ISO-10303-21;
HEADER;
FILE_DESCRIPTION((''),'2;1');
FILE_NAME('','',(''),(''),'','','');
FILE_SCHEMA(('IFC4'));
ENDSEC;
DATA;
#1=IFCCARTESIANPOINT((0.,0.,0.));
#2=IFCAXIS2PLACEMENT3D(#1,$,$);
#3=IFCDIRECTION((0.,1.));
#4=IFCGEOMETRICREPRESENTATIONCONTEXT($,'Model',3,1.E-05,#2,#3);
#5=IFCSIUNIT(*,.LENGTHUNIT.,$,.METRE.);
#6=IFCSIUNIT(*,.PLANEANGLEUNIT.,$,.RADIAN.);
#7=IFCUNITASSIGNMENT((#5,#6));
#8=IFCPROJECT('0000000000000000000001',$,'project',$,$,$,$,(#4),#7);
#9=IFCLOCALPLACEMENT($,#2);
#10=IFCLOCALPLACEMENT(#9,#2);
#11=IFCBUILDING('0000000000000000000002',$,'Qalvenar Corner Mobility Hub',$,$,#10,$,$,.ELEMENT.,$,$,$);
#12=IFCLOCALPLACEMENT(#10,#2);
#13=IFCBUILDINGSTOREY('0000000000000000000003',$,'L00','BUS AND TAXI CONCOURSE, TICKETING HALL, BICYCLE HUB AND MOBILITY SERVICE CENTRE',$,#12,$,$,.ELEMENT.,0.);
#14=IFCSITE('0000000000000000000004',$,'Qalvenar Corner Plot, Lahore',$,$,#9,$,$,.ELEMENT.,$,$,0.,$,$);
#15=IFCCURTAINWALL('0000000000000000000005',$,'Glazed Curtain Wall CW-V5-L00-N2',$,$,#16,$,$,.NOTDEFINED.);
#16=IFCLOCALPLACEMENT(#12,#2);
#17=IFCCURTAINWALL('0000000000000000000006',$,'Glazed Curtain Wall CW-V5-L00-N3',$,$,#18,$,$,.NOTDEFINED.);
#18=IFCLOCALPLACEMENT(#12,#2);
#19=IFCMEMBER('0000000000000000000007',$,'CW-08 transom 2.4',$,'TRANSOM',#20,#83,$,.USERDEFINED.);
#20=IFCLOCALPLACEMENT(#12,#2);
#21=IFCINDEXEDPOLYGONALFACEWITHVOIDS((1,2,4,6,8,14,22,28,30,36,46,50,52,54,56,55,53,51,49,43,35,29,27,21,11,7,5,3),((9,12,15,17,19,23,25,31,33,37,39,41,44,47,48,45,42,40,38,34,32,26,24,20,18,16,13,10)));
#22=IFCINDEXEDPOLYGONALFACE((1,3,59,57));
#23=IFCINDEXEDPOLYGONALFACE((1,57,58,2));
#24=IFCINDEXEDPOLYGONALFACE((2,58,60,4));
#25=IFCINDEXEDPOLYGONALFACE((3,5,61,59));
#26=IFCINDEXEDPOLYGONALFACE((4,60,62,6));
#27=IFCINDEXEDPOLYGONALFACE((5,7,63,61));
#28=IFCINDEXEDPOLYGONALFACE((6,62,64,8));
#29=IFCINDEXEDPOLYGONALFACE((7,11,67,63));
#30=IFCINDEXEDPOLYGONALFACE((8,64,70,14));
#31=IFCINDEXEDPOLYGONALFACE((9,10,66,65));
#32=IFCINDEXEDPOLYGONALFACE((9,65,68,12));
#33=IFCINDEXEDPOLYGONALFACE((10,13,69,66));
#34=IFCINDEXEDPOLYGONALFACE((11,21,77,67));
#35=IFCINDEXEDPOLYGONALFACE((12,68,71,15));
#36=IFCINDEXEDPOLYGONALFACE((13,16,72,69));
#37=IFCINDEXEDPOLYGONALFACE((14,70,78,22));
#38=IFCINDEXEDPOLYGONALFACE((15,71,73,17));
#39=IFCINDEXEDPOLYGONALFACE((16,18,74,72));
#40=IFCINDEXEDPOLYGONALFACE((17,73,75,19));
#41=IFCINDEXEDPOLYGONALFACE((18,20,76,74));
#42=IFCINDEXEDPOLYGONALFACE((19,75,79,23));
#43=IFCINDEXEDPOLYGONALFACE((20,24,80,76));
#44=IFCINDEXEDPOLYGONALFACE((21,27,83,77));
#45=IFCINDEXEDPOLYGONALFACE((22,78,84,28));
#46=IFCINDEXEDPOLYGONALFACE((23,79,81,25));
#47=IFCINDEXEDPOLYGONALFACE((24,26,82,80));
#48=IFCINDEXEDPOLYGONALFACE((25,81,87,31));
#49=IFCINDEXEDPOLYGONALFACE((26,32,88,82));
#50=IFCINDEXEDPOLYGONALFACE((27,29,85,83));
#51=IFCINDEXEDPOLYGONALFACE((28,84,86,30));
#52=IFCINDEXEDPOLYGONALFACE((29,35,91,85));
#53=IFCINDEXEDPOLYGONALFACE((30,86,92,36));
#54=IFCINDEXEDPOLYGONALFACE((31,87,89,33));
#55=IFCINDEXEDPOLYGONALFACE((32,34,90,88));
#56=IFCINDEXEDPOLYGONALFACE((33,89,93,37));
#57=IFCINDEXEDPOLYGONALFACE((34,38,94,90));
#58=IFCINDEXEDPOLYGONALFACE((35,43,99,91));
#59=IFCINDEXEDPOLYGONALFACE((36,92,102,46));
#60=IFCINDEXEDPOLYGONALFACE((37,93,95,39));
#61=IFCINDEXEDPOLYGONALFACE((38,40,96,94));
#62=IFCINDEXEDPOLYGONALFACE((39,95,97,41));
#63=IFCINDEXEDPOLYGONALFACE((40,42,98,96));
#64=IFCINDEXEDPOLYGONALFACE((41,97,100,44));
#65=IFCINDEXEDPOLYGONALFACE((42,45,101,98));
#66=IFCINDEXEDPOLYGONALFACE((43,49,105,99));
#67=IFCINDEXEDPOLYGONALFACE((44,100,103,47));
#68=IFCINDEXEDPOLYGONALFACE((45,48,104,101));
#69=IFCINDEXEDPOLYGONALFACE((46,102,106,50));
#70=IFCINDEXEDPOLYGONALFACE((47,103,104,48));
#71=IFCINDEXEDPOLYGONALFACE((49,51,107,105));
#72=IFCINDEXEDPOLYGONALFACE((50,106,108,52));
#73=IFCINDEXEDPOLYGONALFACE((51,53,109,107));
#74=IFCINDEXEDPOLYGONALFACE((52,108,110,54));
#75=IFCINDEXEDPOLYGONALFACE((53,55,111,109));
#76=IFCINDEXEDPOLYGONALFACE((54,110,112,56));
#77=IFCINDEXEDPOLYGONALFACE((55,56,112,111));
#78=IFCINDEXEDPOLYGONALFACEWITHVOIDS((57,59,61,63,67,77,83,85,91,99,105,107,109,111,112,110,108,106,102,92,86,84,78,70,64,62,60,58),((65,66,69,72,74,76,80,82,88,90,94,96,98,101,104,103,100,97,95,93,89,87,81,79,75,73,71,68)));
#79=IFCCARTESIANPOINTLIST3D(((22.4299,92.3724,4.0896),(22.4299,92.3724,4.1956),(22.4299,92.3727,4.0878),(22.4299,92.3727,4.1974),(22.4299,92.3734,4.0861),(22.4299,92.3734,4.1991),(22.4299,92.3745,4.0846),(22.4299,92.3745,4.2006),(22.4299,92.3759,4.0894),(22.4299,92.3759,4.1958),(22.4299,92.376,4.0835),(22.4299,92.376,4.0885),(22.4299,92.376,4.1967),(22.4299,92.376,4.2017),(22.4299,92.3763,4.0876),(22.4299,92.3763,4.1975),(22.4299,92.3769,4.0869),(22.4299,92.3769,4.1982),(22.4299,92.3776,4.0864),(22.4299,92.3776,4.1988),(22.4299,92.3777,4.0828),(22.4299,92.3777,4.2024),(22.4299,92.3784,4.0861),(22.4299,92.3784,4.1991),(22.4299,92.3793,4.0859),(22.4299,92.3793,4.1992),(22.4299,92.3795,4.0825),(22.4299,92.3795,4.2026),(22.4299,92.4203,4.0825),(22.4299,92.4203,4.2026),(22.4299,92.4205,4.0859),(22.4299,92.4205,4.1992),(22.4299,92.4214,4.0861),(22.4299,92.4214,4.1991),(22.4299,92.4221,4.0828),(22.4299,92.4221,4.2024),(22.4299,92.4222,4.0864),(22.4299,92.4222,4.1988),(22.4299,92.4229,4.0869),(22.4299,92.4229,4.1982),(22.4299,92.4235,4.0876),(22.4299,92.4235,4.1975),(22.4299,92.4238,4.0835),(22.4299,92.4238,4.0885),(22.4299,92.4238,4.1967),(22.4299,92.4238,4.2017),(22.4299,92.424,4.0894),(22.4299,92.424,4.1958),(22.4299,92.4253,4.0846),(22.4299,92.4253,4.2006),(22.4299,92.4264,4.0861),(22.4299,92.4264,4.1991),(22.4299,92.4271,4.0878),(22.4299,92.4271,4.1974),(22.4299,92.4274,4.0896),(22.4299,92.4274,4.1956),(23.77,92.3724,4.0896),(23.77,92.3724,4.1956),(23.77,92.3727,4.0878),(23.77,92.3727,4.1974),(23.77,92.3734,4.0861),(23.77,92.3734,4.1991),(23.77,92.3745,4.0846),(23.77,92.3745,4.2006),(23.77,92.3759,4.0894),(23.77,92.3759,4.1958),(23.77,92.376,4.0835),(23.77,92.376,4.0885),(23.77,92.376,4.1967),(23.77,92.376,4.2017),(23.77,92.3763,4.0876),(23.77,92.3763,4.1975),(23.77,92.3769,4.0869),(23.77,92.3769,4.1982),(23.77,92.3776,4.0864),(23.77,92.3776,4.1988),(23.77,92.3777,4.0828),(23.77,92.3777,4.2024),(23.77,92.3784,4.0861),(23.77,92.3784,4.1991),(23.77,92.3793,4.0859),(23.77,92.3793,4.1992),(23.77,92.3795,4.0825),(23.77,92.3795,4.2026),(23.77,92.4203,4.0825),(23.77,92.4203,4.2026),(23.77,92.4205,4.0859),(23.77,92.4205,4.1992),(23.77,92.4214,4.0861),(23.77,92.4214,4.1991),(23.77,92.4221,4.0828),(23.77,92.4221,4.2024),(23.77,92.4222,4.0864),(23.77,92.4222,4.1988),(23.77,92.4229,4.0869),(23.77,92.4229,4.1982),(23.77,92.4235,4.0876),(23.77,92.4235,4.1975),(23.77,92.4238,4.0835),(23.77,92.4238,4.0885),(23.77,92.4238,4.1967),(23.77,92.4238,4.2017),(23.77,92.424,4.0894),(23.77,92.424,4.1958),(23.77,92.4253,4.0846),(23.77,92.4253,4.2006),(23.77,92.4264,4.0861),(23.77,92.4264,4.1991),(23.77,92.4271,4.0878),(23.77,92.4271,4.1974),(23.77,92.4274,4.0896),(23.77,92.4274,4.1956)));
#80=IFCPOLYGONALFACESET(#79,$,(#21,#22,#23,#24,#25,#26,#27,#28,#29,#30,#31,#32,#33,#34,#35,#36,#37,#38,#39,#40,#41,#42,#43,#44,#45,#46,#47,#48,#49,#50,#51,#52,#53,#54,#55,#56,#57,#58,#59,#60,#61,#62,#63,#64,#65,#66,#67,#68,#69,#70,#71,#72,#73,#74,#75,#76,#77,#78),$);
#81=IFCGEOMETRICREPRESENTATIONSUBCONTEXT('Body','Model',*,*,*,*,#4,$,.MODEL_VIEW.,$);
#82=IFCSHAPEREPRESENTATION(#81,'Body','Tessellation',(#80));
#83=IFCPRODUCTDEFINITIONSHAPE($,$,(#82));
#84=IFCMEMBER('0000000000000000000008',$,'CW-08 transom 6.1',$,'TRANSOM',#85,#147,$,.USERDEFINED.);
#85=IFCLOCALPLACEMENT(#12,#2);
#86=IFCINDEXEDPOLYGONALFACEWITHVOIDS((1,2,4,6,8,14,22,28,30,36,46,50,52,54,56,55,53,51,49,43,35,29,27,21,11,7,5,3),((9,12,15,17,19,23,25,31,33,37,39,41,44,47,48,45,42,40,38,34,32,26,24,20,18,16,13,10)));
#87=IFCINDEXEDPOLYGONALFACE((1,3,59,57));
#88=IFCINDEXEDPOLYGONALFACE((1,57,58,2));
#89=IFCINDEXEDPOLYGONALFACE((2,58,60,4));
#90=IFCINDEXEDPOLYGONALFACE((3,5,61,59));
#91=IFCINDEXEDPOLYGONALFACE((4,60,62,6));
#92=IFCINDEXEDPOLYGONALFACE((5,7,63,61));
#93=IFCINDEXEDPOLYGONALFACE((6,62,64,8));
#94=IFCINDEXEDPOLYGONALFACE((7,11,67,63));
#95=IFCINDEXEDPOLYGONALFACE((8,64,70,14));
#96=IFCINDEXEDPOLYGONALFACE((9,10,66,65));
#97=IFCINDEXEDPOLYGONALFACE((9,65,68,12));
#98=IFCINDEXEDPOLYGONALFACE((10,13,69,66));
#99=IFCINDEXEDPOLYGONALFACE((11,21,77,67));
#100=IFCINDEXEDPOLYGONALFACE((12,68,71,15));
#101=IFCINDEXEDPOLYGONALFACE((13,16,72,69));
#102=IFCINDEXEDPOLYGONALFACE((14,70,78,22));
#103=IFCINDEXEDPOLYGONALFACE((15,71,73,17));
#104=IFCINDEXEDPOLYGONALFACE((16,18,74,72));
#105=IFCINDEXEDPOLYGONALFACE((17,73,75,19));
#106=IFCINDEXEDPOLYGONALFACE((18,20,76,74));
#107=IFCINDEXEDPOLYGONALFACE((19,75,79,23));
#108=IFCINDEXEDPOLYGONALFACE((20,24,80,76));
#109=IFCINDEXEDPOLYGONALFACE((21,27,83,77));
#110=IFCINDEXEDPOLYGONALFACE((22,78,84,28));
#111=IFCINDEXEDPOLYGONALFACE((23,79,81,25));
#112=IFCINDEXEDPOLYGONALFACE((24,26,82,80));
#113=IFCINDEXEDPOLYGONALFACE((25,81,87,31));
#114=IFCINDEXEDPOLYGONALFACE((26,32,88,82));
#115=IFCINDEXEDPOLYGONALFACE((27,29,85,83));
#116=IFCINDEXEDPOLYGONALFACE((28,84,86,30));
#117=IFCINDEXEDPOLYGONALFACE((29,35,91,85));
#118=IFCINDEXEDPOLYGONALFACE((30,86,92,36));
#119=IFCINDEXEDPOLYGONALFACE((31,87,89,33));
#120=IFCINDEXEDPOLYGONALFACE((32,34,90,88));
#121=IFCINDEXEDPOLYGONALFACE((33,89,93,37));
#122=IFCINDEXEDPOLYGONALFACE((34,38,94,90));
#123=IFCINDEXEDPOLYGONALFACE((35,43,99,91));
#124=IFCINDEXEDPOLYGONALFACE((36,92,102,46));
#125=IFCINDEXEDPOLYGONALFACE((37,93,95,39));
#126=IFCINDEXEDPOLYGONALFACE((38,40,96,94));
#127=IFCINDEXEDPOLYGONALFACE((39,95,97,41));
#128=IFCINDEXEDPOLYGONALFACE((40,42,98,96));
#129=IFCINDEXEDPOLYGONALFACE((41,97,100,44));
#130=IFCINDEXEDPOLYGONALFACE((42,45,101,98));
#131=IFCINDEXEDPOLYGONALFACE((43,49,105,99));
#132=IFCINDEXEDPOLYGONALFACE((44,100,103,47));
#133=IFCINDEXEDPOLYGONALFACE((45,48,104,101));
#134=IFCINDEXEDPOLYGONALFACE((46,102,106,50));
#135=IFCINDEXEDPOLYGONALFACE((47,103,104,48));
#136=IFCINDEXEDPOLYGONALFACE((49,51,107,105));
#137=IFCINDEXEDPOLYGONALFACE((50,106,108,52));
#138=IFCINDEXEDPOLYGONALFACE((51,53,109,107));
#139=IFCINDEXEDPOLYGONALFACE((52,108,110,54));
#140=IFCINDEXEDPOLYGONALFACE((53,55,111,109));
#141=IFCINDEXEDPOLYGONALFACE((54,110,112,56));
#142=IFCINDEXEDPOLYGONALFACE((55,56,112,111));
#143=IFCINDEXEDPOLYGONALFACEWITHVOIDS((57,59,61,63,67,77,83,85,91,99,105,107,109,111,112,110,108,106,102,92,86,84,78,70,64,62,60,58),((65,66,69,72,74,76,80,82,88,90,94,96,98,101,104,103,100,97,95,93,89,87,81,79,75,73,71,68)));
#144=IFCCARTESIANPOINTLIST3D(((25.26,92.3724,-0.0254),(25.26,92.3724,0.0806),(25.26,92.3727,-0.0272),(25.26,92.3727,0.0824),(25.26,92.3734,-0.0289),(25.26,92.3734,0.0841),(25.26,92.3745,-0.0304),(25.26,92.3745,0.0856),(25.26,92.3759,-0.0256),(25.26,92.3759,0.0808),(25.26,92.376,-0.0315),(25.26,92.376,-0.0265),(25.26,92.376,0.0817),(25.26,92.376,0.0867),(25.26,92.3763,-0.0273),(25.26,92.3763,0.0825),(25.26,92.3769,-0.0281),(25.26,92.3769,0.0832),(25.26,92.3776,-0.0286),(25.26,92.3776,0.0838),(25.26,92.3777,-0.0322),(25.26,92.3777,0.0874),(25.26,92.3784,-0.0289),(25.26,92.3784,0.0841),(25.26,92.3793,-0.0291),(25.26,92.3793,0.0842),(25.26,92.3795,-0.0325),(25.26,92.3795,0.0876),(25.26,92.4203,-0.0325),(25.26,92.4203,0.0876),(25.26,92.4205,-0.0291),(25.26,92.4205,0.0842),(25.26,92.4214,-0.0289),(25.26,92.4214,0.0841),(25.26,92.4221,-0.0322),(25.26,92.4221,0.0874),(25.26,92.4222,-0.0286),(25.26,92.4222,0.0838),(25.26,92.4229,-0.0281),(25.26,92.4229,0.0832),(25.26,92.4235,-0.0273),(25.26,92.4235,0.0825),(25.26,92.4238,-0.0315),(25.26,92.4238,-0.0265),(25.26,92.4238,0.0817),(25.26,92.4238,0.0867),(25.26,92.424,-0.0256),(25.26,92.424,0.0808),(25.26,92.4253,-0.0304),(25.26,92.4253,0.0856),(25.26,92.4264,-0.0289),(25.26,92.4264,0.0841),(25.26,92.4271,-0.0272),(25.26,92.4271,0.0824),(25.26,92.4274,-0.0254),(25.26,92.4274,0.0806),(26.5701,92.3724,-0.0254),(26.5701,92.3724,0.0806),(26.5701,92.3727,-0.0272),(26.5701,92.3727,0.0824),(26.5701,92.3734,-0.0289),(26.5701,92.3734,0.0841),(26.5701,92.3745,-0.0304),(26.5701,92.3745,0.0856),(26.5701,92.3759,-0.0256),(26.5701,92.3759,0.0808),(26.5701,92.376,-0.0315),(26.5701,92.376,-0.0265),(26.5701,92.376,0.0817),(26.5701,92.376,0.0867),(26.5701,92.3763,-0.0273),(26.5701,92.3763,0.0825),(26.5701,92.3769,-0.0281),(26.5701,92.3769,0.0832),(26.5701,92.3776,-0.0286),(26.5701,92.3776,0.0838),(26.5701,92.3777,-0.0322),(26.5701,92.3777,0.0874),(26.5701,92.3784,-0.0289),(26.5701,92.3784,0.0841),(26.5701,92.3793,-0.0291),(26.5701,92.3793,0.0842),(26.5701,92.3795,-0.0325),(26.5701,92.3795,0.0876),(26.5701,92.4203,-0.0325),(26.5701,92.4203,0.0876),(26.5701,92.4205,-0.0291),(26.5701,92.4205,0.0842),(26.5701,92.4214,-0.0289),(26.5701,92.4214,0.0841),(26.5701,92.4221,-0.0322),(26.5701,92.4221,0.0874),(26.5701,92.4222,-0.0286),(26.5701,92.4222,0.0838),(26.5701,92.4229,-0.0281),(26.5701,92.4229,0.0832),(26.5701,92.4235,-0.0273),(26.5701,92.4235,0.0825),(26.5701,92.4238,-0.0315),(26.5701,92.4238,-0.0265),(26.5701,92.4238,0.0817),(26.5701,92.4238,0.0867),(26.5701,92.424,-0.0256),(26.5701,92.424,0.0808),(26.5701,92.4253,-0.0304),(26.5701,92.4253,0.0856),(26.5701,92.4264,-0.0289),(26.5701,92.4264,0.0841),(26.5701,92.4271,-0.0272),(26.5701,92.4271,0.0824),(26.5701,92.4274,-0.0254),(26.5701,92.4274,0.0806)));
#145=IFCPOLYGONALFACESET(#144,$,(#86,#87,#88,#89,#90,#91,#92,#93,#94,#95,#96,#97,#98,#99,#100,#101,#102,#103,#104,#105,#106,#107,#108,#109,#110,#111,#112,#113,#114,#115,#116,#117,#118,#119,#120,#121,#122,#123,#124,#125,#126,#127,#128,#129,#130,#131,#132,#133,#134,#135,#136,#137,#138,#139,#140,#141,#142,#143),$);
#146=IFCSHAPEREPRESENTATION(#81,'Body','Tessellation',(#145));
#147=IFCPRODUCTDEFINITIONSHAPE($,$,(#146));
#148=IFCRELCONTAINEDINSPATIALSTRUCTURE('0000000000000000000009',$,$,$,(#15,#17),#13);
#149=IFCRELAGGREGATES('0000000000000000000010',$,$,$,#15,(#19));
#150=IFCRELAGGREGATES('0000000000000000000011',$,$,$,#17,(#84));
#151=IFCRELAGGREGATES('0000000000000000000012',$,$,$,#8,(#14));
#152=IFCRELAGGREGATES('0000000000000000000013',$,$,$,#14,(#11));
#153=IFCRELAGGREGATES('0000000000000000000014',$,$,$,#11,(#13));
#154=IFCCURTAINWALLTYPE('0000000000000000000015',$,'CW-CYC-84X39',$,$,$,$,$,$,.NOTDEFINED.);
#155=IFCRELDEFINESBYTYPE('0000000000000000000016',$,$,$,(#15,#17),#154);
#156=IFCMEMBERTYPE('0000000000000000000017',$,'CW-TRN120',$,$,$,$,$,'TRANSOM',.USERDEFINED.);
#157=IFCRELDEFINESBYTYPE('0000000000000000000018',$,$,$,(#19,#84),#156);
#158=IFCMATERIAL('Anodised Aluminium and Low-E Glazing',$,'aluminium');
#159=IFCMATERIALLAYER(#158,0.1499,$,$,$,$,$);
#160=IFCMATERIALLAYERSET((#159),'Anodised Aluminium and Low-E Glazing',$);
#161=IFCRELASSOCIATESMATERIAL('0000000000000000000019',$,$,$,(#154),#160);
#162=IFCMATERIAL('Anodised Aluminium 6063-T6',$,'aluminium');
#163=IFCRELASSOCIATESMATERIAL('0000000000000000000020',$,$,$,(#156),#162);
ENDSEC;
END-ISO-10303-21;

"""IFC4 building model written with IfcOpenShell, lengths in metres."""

from ifc_helpers import new_model, si_unit, direction, frame, origin, origin_2d, place, context, subcontext, project, spatial, hollow_rectangle, extrude, material, layer, layer_set, material_profile, profile_set, type_object, element, aggregate, save


model = new_model("IFC4")

# Units and contexts
model_context = context("Model", 3, precision=1e-05, world=origin(), true_north=direction((0.0, 1.0)))
body_context = subcontext(model_context, "Body", "Model", "MODEL_VIEW")
ifc_project = project(units=[si_unit("LENGTHUNIT", "METRE"), si_unit("PLANEANGLEUNIT", "RADIAN")], contexts=[model_context])

# Site, building, storey
site_placement = place(None, origin())
site = spatial("IfcSite", under=ifc_project, at=site_placement, Name="Qalvenar Corner Plot, Lahore", CompositionType="ELEMENT", RefElevation=0.0)
building_placement = place(site_placement, origin())
building = spatial("IfcBuilding", under=site, at=building_placement, Name="Qalvenar Corner Mobility Hub", CompositionType="ELEMENT")
storey_placement = place(building_placement, origin())
storey = spatial("IfcBuildingStorey", under=building, at=storey_placement, Name="L00", Description="BUS AND TAXI CONCOURSE, TICKETING HALL, BICYCLE HUB AND MOBILITY SERVICE CENTRE", CompositionType="ELEMENT", Elevation=0.0)

# Curtain walls
ifc_material_1 = material(Name="Anodised Aluminium and Low-E Glazing", Category="aluminium")
ifc_layer_1 = layer(ifc_material_1, 0.1499)
ifc_layer_set_1 = layer_set([ifc_layer_1], Name="Anodised Aluminium and Low-E Glazing")
curtain_wall_type = type_object("IfcCurtainWallType", Name="CW-CYC-84X39", PredefinedType="NOTDEFINED", material=ifc_layer_set_1)
curtain_wall_1_placement = place(storey_placement, origin())
curtain_wall_1 = element("IfcCurtainWall", 1, at=curtain_wall_1_placement, inside=storey, type_object=curtain_wall_type, Name="Glazed Curtain Wall CW-V5-L00-N2", PredefinedType="NOTDEFINED")
ifc_material_2 = material(Name="Anodised Aluminium 6063-T6", Category="aluminium")
curtain_wall_2_placement = place(storey_placement, origin())
curtain_wall_2 = element("IfcCurtainWall", 2, at=curtain_wall_2_placement, inside=storey, type_object=curtain_wall_type, Name="Glazed Curtain Wall CW-V5-L00-N3", PredefinedType="NOTDEFINED")

# Members
ifc_material_profile_1 = material_profile(ifc_material_2, hollow_rectangle(XDim=0.0549, YDim=0.1201, WallThickness=0.0034, InnerFilletRadius=0.0034, OuterFilletRadius=0.0071, at=origin_2d()), Name="RHS120x55x3.5")
ifc_profile_set_1 = profile_set([ifc_material_profile_1], Name="Anodised Aluminium 6063-T6")
member_type_1 = type_object("IfcMemberType", Name="CW-TRN120", ElementType="TRANSOM", PredefinedType="USERDEFINED", material=ifc_profile_set_1)
member_1_placement = place(storey_placement, frame((23.77, 92.3999, 4.1426), z_axis=(-1.0, 0.0, 0.0), x_axis=(0.0, -1.0, 0.0)))
member_1 = element("IfcMember", 3, at=member_1_placement, type_object=member_type_1, Name="CW-08 transom 2.4", ObjectType="TRANSOM", PredefinedType="USERDEFINED", context=body_context, shape_type="SweptSolid", body=[
    extrude(hollow_rectangle(XDim=0.0549, YDim=0.1201, WallThickness=0.0034, InnerFilletRadius=0.0034, OuterFilletRadius=0.0071, at=origin_2d()), origin(), (0.0, 0.0, 1.0), 1.3401),
])
member_2_placement = place(storey_placement, frame((26.5701, 92.3999, 0.0276), z_axis=(-1.0, 0.0, 0.0), x_axis=(0.0, -1.0, 0.0)))
member_2 = element("IfcMember", 4, at=member_2_placement, type_object=member_type_1, Name="CW-08 transom 6.1", ObjectType="TRANSOM", PredefinedType="USERDEFINED", context=body_context, shape_type="SweptSolid", body=[
    extrude(hollow_rectangle(XDim=0.0549, YDim=0.1201, WallThickness=0.0034, InnerFilletRadius=0.0034, OuterFilletRadius=0.0071, at=origin_2d()), origin(), (0.0, 0.0, 1.0), 1.3101),
])

aggregate(curtain_wall_1, [member_1])
aggregate(curtain_wall_2, [member_2])

save(model, "model.ifc")
